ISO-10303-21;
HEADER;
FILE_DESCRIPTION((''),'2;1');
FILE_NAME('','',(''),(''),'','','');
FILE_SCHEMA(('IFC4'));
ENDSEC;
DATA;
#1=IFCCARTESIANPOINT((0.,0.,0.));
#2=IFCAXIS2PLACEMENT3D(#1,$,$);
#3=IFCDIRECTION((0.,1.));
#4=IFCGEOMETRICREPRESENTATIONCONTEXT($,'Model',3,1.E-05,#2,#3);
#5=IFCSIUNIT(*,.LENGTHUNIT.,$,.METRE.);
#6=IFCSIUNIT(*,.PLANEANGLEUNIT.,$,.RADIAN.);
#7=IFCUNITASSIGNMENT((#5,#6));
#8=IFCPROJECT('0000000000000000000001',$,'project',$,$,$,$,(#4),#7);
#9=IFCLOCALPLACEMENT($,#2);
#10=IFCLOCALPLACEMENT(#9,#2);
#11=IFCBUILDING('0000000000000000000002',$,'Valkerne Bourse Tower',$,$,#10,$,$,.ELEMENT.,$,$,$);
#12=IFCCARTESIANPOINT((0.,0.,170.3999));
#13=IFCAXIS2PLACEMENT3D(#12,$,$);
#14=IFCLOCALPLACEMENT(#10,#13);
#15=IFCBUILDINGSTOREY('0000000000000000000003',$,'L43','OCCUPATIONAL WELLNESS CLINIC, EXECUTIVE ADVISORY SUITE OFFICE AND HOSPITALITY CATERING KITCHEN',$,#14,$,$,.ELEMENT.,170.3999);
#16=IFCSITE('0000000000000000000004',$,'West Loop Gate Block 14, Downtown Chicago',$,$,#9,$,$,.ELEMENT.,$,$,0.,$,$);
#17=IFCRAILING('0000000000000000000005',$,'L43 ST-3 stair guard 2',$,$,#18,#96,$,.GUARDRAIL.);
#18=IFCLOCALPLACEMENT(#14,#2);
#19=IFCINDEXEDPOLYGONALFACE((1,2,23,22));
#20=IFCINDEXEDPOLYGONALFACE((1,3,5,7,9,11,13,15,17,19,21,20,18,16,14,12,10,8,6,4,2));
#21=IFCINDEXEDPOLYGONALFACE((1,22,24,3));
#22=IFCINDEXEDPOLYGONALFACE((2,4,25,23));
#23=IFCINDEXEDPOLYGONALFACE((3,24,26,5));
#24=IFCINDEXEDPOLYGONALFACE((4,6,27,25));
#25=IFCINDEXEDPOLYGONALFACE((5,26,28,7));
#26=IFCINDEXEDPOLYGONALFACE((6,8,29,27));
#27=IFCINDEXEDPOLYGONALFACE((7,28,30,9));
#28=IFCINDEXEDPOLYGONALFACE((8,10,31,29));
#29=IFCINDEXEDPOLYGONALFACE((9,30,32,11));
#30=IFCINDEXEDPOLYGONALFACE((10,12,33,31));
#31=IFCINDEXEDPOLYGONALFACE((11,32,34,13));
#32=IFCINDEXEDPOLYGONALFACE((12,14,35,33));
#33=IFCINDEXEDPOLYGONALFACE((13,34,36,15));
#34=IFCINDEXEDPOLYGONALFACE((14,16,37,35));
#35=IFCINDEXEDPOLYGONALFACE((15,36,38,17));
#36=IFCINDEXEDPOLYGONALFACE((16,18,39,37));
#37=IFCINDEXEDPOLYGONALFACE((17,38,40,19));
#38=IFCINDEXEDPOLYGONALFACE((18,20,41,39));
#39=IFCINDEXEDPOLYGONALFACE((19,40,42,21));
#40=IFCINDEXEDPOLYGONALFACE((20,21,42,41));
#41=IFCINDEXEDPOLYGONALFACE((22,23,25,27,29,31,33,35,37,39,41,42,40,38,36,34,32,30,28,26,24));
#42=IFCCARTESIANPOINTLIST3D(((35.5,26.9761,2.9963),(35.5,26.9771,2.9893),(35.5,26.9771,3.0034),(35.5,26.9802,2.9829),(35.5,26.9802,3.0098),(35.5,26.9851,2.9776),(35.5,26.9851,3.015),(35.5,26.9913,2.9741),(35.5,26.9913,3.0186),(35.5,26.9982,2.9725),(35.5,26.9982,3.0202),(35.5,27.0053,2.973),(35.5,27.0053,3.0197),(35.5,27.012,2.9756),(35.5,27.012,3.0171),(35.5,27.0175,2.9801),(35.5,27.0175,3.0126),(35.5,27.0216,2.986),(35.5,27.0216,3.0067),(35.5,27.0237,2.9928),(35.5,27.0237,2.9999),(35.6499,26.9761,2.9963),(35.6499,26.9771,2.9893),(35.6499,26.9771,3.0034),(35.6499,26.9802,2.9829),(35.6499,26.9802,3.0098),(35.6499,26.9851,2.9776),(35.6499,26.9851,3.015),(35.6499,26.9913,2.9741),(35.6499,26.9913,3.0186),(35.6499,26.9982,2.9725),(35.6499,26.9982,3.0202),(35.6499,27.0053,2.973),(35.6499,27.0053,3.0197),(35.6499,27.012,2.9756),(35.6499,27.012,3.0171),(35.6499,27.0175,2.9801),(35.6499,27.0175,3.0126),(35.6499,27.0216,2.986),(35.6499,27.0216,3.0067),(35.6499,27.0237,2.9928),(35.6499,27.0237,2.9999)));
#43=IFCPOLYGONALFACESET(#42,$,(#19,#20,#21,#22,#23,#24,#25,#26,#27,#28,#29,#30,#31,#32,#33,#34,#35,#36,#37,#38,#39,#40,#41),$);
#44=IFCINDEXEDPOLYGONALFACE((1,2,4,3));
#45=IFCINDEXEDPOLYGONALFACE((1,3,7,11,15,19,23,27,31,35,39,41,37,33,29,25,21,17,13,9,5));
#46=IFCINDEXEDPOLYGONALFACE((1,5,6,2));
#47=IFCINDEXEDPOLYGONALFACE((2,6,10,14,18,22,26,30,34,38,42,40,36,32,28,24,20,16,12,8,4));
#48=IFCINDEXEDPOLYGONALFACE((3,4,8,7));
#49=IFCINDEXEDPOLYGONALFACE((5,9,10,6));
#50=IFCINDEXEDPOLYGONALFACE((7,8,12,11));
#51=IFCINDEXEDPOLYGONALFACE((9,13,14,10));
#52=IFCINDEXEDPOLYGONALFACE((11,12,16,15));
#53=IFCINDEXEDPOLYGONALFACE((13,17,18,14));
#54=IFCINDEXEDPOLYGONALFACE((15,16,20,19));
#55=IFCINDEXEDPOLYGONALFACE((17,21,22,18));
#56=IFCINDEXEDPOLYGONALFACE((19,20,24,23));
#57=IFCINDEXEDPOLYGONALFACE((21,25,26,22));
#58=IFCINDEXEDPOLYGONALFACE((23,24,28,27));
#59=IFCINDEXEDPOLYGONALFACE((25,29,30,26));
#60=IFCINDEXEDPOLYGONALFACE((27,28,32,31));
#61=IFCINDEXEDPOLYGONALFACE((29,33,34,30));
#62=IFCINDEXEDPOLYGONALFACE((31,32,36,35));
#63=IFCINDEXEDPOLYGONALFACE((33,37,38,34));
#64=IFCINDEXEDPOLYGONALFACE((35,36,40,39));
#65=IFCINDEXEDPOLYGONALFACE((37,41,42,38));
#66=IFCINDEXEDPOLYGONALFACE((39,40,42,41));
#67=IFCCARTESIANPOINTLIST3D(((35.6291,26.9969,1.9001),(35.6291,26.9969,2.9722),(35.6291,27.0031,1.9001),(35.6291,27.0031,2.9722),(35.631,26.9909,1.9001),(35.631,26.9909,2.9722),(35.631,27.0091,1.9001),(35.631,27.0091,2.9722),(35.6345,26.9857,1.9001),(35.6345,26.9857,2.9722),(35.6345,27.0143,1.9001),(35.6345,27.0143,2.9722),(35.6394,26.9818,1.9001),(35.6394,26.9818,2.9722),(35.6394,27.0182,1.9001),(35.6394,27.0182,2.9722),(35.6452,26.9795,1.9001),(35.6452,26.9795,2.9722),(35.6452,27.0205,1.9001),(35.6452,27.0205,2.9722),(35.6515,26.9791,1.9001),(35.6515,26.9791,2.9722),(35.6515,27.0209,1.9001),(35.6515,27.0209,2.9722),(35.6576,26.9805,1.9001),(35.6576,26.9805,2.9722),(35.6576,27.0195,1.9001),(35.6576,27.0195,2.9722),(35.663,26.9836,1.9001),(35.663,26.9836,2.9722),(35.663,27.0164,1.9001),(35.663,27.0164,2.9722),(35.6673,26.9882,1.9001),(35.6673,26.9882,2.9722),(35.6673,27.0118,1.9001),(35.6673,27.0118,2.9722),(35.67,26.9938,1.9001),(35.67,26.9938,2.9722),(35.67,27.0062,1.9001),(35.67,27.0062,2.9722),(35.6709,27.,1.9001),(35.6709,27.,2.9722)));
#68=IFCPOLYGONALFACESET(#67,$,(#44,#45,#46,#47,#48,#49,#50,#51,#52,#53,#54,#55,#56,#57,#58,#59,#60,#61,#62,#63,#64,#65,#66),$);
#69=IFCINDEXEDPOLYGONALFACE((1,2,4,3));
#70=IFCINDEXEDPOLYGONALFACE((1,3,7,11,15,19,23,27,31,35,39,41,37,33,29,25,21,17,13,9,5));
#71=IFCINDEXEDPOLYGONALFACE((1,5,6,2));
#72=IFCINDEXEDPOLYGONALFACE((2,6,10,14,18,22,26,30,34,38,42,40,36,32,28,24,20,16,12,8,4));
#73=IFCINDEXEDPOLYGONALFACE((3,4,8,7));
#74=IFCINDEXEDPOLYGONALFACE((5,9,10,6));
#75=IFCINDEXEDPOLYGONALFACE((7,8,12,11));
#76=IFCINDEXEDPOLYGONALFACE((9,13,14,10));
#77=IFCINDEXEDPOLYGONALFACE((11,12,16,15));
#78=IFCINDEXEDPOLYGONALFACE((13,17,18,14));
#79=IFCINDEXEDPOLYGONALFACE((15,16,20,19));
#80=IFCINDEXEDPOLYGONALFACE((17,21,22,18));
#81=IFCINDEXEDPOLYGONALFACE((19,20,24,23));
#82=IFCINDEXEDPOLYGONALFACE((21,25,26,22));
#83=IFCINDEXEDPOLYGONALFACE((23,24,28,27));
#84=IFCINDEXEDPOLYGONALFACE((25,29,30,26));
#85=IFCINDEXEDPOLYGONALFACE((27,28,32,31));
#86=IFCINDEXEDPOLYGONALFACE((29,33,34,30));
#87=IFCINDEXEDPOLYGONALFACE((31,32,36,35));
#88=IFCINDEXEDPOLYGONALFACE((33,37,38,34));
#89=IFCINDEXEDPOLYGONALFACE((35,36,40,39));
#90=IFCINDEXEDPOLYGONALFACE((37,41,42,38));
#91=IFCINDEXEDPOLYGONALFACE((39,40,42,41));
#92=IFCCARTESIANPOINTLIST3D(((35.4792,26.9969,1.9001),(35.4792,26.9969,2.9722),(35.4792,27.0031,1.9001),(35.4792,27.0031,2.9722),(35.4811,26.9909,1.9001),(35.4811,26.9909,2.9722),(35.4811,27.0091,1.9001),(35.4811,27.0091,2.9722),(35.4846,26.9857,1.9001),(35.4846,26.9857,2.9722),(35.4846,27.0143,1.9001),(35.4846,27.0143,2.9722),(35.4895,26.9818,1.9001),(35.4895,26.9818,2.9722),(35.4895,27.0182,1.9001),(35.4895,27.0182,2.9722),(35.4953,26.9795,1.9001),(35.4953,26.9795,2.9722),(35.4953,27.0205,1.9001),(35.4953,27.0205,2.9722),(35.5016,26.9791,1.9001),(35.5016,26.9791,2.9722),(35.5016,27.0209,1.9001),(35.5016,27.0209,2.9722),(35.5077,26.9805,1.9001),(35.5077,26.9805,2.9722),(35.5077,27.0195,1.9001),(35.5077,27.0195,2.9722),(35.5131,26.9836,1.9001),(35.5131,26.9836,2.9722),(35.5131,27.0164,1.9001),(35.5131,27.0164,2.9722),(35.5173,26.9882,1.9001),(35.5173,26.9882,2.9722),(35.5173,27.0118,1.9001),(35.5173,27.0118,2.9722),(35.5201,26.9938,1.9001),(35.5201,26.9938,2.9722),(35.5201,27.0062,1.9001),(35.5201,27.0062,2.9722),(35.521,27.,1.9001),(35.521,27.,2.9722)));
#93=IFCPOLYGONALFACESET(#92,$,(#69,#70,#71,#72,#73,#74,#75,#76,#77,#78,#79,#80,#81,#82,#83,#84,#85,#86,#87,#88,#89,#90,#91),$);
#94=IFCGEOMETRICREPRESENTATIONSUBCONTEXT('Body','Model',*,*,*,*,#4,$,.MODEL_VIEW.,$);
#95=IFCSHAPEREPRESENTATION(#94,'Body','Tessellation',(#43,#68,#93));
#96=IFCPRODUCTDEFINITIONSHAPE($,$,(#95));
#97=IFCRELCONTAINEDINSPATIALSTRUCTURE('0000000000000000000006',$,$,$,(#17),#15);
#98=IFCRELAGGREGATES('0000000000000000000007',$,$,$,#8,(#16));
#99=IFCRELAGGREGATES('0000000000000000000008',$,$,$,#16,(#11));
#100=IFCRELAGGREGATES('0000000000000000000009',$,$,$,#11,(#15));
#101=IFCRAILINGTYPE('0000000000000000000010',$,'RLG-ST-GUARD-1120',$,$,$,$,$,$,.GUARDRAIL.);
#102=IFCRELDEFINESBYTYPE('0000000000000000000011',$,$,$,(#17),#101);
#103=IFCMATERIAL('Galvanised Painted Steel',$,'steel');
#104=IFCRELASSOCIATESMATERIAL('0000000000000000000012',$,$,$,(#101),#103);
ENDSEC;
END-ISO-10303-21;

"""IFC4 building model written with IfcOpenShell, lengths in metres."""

from ifc_helpers import new_model, si_unit, direction, frame, origin, origin_2d, place, context, subcontext, project, spatial, circle, extrude, material, type_object, element, save


model = new_model("IFC4")

# Units and contexts
model_context = context("Model", 3, precision=1e-05, world=origin(), true_north=direction((0.0, 1.0)))
body_context = subcontext(model_context, "Body", "Model", "MODEL_VIEW")
ifc_project = project(units=[si_unit("LENGTHUNIT", "METRE"), si_unit("PLANEANGLEUNIT", "RADIAN")], contexts=[model_context])

# Site, building, storey
site_placement = place(None, origin())
site = spatial("IfcSite", under=ifc_project, at=site_placement, Name="West Loop Gate Block 14, Downtown Chicago", CompositionType="ELEMENT", RefElevation=0.0)
building_placement = place(site_placement, origin())
building = spatial("IfcBuilding", under=site, at=building_placement, Name="Valkerne Bourse Tower", CompositionType="ELEMENT")
storey_placement = place(building_placement, frame((0.0, 0.0, 170.3999)))
storey = spatial("IfcBuildingStorey", under=building, at=storey_placement, Name="L43", Description="OCCUPATIONAL WELLNESS CLINIC, EXECUTIVE ADVISORY SUITE OFFICE AND HOSPITALITY CATERING KITCHEN", CompositionType="ELEMENT", Elevation=170.3999)

# Railing
ifc_material_1 = material(Name="Galvanised Painted Steel", Category="steel")
railing_type_1 = type_object("IfcRailingType", Name="RLG-ST-GUARD-1120", PredefinedType="GUARDRAIL", material=ifc_material_1)
railing_1_placement = place(storey_placement, frame((35.6499, 27.0, 1.9001)))
element("IfcRailing", 1, at=railing_1_placement, inside=storey, type_object=railing_type_1, Name="L43 ST-3 stair guard 2", PredefinedType="GUARDRAIL", context=body_context, shape_type="SweptSolid", body=[
    extrude(circle(Radius=0.0239, at=origin_2d()), frame((0.0, 0.0, 1.0962), z_axis=(-1.0, 0.0, 0.0), x_axis=(0.0, -1.0, 0.0)), (0.0, 0.0, 1.0), 0.1499),
    extrude(circle(Radius=0.021, at=origin_2d()), origin(), (0.0, 0.0, 1.0), 1.072),
    extrude(circle(Radius=0.021, at=origin_2d()), frame((-0.1499, 0.0, 0.0)), (0.0, 0.0, 1.0), 1.072),
])

save(model, "model.ifc")
